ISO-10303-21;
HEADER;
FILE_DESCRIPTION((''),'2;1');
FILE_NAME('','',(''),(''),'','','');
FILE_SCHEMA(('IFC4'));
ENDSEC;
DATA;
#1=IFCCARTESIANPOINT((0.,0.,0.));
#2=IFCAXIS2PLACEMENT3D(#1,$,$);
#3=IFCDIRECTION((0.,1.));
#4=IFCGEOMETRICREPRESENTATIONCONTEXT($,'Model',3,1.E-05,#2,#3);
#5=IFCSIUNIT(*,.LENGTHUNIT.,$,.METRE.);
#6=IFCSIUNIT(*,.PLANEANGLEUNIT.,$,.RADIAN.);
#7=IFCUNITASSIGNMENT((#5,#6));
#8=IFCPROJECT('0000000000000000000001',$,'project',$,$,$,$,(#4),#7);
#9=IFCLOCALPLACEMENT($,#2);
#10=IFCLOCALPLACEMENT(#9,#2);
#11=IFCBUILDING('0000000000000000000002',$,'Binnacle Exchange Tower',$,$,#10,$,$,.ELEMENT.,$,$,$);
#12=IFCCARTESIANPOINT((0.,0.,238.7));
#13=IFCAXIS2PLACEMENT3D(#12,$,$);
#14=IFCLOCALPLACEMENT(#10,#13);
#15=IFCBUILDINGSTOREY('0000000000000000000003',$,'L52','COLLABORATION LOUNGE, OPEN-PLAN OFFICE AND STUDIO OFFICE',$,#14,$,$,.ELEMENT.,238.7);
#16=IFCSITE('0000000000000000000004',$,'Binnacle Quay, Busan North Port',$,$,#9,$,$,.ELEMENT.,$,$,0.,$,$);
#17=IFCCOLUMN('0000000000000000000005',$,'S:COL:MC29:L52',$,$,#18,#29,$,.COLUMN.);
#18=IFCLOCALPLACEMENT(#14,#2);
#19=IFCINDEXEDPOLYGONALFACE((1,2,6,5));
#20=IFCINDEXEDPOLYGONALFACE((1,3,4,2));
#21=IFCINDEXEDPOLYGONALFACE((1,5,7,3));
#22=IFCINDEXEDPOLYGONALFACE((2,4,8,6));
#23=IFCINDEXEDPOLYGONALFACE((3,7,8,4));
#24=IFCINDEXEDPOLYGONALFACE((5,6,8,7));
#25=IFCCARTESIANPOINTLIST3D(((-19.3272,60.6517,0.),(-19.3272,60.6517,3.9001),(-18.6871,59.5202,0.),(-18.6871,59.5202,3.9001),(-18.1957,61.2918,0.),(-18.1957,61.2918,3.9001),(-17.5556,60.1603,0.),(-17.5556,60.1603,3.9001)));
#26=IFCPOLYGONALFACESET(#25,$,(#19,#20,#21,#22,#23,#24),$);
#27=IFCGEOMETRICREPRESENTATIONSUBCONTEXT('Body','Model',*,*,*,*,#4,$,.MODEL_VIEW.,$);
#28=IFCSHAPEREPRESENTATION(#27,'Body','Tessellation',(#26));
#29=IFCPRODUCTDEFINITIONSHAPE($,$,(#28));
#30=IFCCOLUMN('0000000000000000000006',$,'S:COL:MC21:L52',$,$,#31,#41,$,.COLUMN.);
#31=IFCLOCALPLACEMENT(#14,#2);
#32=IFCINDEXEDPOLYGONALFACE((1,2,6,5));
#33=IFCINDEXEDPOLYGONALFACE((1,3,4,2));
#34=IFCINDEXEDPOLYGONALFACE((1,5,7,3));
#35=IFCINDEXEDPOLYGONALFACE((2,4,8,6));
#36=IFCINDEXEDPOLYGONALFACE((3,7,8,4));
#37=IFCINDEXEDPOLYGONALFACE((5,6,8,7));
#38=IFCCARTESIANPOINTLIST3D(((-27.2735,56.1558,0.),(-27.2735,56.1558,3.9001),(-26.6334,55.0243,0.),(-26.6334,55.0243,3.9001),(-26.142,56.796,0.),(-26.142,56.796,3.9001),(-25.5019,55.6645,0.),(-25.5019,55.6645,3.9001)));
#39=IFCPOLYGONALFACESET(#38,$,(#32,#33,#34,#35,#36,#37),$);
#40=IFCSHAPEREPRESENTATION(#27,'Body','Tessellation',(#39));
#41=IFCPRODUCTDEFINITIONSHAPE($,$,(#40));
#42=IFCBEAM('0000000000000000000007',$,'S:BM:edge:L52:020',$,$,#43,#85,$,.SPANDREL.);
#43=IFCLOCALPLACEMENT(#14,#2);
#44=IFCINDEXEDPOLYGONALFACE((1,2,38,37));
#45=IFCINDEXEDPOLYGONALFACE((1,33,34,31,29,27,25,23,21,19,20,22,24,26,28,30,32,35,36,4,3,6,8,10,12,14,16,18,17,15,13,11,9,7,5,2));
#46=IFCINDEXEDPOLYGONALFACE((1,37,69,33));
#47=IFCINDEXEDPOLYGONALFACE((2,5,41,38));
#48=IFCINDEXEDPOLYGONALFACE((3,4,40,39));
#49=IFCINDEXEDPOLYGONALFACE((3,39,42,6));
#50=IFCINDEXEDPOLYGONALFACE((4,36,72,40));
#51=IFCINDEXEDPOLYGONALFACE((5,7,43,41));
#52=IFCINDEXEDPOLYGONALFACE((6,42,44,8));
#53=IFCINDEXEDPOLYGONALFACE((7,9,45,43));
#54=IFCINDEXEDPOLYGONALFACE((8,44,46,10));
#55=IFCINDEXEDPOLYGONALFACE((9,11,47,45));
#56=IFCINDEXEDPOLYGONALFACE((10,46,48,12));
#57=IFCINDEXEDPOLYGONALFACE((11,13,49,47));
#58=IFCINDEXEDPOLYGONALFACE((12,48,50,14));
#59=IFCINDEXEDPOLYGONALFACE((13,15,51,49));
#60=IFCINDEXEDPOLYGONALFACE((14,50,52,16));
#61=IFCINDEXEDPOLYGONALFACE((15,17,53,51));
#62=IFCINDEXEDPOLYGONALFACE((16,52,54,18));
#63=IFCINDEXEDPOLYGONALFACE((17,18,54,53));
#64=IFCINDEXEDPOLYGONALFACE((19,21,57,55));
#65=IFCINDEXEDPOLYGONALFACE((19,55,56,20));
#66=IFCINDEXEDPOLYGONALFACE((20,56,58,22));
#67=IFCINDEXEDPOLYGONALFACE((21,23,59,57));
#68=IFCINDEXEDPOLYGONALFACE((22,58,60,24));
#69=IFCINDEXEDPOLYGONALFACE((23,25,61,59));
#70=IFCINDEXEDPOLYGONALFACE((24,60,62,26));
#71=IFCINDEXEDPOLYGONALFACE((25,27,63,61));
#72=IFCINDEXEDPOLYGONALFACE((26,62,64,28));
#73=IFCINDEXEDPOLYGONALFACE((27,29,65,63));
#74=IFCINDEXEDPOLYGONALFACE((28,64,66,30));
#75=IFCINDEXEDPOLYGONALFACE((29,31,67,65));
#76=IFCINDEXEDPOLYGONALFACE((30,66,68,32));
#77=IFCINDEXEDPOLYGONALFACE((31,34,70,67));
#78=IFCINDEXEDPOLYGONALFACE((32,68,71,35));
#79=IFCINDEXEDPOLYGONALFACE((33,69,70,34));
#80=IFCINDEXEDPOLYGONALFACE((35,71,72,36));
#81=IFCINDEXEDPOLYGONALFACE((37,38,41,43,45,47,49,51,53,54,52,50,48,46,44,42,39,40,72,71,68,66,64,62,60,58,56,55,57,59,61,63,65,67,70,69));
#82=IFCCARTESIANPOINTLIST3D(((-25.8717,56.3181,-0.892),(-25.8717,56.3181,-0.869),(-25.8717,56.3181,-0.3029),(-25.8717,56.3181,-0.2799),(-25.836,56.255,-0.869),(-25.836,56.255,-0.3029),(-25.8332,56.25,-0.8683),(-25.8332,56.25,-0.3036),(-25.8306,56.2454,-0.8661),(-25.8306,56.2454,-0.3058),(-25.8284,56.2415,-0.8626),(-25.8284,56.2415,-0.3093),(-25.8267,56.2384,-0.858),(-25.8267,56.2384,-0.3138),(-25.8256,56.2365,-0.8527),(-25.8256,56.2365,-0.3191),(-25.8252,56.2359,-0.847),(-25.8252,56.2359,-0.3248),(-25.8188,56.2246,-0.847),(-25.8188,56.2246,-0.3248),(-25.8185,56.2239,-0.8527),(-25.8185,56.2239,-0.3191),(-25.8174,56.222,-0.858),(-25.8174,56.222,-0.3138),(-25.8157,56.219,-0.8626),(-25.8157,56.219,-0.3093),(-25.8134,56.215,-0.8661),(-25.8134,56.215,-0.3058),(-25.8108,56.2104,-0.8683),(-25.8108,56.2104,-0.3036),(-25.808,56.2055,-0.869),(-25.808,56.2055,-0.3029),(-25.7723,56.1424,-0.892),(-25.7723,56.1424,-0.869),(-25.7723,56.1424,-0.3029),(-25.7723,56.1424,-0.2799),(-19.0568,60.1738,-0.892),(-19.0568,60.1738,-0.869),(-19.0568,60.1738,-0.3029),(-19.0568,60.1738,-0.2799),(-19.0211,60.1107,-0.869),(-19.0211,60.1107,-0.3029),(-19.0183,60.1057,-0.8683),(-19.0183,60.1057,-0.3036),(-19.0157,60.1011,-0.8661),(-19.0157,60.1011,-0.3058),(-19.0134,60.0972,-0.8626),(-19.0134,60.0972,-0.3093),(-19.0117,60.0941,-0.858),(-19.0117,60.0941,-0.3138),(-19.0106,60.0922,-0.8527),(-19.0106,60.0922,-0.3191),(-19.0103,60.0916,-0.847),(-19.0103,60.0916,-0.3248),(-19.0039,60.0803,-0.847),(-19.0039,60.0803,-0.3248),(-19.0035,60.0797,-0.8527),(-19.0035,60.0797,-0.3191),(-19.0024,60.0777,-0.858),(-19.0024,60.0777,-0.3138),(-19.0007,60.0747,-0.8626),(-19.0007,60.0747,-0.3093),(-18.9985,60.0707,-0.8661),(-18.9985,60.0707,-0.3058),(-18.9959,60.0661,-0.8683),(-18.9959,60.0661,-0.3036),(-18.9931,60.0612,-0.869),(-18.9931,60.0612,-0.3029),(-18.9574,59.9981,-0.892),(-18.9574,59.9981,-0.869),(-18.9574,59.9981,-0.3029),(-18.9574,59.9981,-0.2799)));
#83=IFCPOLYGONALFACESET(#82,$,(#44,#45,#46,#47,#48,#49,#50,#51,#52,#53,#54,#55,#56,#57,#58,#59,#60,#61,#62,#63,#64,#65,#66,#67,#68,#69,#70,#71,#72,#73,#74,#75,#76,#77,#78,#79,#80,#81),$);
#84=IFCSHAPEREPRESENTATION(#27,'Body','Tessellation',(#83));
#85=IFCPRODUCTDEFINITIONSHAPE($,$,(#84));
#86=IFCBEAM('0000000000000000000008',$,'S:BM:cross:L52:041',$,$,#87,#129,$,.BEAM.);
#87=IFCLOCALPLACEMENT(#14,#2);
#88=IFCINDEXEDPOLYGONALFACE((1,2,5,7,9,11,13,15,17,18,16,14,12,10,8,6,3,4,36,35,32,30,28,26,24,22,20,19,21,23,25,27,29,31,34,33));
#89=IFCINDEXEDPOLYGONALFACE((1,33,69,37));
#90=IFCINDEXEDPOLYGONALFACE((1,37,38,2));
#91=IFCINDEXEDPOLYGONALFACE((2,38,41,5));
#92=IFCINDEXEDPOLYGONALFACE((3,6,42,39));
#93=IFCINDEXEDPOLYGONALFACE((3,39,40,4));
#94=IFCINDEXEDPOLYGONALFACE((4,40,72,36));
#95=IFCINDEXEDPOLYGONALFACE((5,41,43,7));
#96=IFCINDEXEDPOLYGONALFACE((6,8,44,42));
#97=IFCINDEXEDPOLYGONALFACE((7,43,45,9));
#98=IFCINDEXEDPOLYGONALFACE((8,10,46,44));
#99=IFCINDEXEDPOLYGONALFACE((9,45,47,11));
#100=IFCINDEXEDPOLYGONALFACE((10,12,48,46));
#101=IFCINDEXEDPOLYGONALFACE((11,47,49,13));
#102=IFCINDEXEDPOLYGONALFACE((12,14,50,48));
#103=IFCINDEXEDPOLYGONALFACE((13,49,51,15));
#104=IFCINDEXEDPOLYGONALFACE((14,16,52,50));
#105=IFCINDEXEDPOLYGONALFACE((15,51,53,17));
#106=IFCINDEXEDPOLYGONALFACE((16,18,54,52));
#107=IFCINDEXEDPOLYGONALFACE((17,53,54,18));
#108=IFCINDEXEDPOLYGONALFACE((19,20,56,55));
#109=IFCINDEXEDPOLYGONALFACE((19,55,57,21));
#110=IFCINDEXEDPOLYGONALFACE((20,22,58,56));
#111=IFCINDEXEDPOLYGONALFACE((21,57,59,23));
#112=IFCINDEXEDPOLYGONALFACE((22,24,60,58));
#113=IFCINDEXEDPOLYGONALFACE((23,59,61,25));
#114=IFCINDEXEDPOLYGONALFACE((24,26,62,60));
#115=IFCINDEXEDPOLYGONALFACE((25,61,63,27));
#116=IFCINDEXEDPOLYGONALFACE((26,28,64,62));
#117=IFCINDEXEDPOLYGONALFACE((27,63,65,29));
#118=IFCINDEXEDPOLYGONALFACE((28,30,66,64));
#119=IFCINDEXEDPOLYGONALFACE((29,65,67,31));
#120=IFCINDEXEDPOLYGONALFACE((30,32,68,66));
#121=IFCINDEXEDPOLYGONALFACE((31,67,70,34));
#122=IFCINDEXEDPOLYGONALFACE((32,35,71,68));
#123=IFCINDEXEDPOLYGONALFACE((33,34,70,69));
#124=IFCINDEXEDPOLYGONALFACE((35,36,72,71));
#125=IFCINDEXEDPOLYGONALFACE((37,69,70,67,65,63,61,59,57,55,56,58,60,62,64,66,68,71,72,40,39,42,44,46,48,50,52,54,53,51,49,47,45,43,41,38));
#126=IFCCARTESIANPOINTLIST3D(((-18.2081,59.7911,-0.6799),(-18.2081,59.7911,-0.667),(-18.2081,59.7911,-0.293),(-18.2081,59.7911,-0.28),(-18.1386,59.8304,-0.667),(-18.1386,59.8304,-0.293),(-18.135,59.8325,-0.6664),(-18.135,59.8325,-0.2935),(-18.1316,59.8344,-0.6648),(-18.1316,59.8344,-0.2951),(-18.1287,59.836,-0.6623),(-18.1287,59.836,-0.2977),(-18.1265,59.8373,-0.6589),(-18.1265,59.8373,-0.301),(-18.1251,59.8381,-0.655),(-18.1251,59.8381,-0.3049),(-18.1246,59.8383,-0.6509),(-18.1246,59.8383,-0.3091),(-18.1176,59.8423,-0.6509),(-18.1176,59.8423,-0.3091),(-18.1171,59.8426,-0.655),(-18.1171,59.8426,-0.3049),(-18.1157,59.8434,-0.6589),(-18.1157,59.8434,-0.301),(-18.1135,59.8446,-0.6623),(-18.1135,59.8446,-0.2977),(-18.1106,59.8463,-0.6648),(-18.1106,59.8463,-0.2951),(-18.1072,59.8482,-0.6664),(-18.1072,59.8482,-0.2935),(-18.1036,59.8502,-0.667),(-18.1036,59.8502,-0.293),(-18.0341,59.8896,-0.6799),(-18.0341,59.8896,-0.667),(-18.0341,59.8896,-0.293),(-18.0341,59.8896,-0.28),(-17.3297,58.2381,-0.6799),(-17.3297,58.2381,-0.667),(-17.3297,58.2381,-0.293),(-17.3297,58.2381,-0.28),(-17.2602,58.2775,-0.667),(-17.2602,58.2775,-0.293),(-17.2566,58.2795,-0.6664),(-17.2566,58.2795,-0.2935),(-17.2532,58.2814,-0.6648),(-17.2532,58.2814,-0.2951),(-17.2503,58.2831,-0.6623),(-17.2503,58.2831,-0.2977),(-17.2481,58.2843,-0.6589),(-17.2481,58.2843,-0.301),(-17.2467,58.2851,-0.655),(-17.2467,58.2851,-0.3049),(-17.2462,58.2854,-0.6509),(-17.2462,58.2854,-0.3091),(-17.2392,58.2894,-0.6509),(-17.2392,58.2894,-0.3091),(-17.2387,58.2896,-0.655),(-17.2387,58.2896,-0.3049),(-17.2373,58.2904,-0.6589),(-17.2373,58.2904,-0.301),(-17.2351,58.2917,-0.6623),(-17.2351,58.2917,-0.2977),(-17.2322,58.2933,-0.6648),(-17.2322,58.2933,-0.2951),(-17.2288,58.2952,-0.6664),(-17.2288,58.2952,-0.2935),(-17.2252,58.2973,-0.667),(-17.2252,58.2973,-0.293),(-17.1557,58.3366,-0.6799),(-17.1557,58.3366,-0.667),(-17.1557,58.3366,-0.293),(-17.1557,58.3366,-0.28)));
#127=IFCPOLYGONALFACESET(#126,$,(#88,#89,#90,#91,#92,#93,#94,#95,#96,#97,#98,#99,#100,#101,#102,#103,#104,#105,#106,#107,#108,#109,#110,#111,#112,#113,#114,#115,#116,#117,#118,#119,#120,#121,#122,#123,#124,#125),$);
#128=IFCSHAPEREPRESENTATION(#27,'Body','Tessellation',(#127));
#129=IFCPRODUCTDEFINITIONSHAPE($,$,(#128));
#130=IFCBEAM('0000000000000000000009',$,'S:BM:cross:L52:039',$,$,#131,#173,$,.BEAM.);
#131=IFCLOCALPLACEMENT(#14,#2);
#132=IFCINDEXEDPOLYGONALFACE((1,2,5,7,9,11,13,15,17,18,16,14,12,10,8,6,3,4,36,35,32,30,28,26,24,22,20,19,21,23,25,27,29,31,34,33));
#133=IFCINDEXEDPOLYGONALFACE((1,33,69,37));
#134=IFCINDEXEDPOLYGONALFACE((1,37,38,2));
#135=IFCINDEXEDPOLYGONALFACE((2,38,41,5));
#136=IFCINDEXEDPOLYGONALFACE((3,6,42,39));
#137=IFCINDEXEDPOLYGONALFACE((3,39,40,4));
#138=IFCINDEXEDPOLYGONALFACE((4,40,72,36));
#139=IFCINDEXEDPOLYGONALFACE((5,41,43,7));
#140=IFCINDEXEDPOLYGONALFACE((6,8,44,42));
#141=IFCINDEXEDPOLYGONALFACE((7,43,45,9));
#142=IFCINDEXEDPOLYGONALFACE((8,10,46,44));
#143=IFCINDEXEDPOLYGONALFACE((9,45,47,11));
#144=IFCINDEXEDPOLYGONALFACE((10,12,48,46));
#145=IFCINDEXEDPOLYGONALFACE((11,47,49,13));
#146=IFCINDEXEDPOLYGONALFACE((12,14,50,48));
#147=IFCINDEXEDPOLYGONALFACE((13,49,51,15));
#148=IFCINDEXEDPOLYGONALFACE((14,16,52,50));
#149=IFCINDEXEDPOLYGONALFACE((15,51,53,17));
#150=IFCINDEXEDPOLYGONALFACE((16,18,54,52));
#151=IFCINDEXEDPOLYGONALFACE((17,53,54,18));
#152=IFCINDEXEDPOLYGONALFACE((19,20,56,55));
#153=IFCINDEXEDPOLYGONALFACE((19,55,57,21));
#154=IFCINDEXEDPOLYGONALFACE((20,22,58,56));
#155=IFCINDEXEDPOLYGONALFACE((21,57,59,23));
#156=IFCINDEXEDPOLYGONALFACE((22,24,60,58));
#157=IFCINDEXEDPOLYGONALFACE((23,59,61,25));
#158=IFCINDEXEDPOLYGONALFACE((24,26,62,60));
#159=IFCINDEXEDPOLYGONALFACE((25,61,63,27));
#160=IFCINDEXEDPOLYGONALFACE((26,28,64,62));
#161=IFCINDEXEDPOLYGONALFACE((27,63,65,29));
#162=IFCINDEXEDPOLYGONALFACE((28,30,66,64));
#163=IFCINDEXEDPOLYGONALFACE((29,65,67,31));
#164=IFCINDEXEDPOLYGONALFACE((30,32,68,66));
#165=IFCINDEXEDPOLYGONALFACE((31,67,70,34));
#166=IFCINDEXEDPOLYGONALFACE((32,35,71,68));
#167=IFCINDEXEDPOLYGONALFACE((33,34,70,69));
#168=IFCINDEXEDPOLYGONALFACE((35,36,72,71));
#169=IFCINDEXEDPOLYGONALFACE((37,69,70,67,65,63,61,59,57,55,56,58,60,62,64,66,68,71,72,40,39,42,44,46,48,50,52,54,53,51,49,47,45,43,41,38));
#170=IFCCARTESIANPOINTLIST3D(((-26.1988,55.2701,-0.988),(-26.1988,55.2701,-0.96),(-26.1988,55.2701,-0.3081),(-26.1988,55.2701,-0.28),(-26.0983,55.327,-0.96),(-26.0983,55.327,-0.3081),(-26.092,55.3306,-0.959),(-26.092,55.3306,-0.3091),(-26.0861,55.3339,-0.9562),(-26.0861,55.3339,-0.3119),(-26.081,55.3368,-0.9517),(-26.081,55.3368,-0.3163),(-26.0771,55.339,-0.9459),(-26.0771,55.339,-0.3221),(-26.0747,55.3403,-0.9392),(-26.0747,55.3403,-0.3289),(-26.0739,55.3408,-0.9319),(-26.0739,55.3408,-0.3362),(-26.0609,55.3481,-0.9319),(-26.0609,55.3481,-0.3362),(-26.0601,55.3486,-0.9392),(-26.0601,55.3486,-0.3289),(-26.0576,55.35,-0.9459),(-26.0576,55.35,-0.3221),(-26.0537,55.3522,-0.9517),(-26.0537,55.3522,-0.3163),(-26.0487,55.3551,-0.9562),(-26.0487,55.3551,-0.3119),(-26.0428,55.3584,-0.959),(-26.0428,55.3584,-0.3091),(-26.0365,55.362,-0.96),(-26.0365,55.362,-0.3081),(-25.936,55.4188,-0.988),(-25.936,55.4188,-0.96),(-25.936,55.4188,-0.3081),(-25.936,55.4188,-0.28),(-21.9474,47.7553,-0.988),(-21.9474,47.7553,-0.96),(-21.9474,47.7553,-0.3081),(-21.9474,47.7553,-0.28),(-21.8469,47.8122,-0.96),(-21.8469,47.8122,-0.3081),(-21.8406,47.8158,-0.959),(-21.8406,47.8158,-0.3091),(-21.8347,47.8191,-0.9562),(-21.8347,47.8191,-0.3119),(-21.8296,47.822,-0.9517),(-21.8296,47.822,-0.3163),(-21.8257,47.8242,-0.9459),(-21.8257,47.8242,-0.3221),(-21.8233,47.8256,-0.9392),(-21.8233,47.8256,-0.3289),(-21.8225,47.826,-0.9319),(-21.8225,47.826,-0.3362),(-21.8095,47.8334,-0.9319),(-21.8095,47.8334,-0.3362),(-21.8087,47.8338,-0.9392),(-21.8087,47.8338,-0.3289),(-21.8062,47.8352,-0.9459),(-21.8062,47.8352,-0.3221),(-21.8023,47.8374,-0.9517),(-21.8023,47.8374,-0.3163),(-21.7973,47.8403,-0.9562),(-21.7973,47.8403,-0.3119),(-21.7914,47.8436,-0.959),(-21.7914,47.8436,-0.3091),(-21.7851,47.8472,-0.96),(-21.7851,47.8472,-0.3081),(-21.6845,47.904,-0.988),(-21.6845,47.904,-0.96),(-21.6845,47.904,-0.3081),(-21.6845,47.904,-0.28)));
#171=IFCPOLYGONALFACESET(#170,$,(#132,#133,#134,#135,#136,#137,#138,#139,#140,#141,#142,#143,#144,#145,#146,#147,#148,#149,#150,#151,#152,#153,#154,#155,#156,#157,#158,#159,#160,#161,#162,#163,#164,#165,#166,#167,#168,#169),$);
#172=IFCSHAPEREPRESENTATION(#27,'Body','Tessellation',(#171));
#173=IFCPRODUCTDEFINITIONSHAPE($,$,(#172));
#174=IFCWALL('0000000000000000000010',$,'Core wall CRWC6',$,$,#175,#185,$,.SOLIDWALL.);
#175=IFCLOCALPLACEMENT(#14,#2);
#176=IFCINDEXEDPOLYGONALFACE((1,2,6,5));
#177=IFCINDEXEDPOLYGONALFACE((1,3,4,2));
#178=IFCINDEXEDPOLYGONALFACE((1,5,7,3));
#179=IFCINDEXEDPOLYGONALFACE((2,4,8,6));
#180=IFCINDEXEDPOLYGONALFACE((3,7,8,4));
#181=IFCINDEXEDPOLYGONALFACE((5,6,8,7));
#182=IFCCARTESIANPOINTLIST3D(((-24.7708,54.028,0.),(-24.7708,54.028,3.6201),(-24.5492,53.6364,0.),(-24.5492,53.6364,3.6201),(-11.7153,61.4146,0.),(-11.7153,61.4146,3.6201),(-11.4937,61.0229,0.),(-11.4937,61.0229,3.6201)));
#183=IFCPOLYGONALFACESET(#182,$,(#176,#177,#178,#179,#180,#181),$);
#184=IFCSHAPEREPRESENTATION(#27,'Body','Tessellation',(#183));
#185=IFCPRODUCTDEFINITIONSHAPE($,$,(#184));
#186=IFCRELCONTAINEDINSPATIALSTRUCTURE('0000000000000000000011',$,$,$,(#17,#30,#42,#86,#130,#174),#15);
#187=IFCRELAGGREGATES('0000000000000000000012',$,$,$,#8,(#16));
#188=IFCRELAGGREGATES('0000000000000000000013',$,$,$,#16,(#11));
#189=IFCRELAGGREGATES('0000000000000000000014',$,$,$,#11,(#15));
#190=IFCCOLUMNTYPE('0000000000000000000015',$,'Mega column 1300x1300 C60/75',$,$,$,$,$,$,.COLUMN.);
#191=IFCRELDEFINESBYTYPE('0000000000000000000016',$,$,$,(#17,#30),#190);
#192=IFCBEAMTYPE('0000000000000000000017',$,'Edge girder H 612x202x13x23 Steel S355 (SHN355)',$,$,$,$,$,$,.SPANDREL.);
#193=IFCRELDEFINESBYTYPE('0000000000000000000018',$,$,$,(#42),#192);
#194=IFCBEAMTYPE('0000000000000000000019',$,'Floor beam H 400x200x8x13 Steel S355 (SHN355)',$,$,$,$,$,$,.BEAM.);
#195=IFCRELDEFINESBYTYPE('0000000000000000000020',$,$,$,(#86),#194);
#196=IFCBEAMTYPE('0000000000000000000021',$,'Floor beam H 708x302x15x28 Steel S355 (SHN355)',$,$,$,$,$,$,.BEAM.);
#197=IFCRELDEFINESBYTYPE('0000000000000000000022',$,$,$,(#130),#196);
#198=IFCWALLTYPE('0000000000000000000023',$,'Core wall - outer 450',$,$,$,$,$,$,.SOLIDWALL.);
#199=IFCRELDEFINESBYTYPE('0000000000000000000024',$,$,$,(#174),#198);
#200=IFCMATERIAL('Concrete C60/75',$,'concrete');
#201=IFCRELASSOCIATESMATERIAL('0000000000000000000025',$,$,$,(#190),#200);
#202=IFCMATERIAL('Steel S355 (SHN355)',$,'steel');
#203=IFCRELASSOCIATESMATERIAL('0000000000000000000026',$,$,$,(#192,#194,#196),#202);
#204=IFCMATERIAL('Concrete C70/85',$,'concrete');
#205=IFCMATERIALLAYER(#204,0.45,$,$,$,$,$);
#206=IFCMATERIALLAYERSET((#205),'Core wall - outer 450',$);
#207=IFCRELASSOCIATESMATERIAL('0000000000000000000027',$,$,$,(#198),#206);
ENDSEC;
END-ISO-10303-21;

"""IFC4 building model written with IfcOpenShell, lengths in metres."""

from ifc_helpers import new_model, si_unit, direction, frame, frame_2d, origin, origin_2d, place, context, subcontext, project, spatial, rectangle, i_section, extrude, material, layer, layer_set, material_profile, profile_set, type_object, element, save


model = new_model("IFC4")

# Units and contexts
model_context = context("Model", 3, precision=1e-05, world=origin(), true_north=direction((0.0, 1.0)))
body_context = subcontext(model_context, "Body", "Model", "MODEL_VIEW")
ifc_project = project(units=[si_unit("LENGTHUNIT", "METRE"), si_unit("PLANEANGLEUNIT", "RADIAN")], contexts=[model_context])

# Site, building, storey
site_placement = place(None, origin())
site = spatial("IfcSite", under=ifc_project, at=site_placement, Name="Binnacle Quay, Busan North Port", CompositionType="ELEMENT", RefElevation=0.0)
building_placement = place(site_placement, origin())
building = spatial("IfcBuilding", under=site, at=building_placement, Name="Binnacle Exchange Tower", CompositionType="ELEMENT")
storey_placement = place(building_placement, frame((0.0, 0.0, 238.7)))
storey = spatial("IfcBuildingStorey", under=building, at=storey_placement, Name="L52", Description="COLLABORATION LOUNGE, OPEN-PLAN OFFICE AND STUDIO OFFICE", CompositionType="ELEMENT", Elevation=238.7)

# Columns
ifc_material_1 = material(Name="Concrete C60/75", Category="concrete")
ifc_material_profile_1 = material_profile(ifc_material_1, rectangle(XDim=1.3, YDim=1.3, at=origin_2d()), Name="Mega column 1300x1300 C60/75")
ifc_profile_set_1 = profile_set([ifc_material_profile_1], Name="Concrete C60/75")
column_type = type_object("IfcColumnType", Name="Mega column 1300x1300 C60/75", PredefinedType="COLUMN", material=ifc_profile_set_1)
for number, where, z_axis, x_axis, name in (
    (1, (-18.4414, 60.406, 0.0), (0.0, 0.0, 1.0), (-0.870356, -0.492424, 0.0), "S:COL:MC29:L52"),
    (2, (-26.3877, 55.9102, 0.0), (0.0, 0.0, 1.0), (-0.870356, -0.492424, 0.0), "S:COL:MC21:L52"),
):
    element("IfcColumn", number, at=place(storey_placement, frame(where, z_axis=z_axis, x_axis=x_axis)), inside=storey, type_object=column_type, Name=name, PredefinedType="COLUMN", context=body_context, shape_type="SweptSolid", body=[
        extrude(rectangle(XDim=1.3, YDim=1.3, at=origin_2d()), origin(), (0.0, 0.0, 1.0), 3.9001),
    ])

# Beams
ifc_material_2 = material(Name="Steel S355 (SHN355)", Category="steel")
ifc_material_profile_2 = material_profile(ifc_material_2, i_section(OverallWidth=0.2019, OverallDepth=0.6121, WebThickness=0.0129, FlangeThickness=0.0229, FilletRadius=0.022, at=origin_2d()), Name="H 612x202x13x23")
ifc_profile_set_2 = profile_set([ifc_material_profile_2], Name="Steel S355 (SHN355)")
beam_type_1 = type_object("IfcBeamType", Name="Edge girder H 612x202x13x23 Steel S355 (SHN355)", PredefinedType="SPANDREL", material=ifc_profile_set_2)
beam_1_placement = place(storey_placement, frame((-19.0071, 60.0859, -0.5859), z_axis=(-0.870355, -0.492424, 0.0), x_axis=(0.492424, -0.870355, 0.0)))
element("IfcBeam", 3, at=beam_1_placement, inside=storey, type_object=beam_type_1, Name="S:BM:edge:L52:020", PredefinedType="SPANDREL", context=body_context, shape_type="SweptSolid", body=[
    extrude(i_section(OverallWidth=0.2019, OverallDepth=0.6121, WebThickness=0.0129, FlangeThickness=0.0229, FilletRadius=0.022, at=origin_2d()), origin(), (0.0, 0.0, 1.0), 7.8301),
])
ifc_material_profile_3 = material_profile(ifc_material_2, i_section(OverallWidth=0.2, OverallDepth=0.3999, WebThickness=0.0081, FlangeThickness=0.0129, FilletRadius=0.0161, at=origin_2d()), Name="H 400x200x8x13")
ifc_profile_set_3 = profile_set([ifc_material_profile_3], Name="Steel S355 (SHN355)")
beam_type_2 = type_object("IfcBeamType", Name="Floor beam H 400x200x8x13 Steel S355 (SHN355)", PredefinedType="BEAM", material=ifc_profile_set_3)
beam_2_placement = place(storey_placement, frame((-18.1211, 59.8403, -0.48), z_axis=(0.492332, -0.870407, 0.0), x_axis=(0.870407, 0.492332, 0.0)))
element("IfcBeam", 4, at=beam_2_placement, inside=storey, type_object=beam_type_2, Name="S:BM:cross:L52:041", PredefinedType="BEAM", context=body_context, shape_type="SweptSolid", body=[
    extrude(i_section(OverallWidth=0.2, OverallDepth=0.3999, WebThickness=0.0081, FlangeThickness=0.0129, FilletRadius=0.0161, at=origin_2d()), origin(), (0.0, 0.0, 1.0), 1.7842),
])
ifc_material_profile_4 = material_profile(ifc_material_2, i_section(OverallWidth=0.302, OverallDepth=0.708, WebThickness=0.0149, FlangeThickness=0.0281, FilletRadius=0.0281, at=origin_2d()), Name="H 708x302x15x28")
ifc_profile_set_4 = profile_set([ifc_material_profile_4], Name="Steel S355 (SHN355)")
beam_type_3 = type_object("IfcBeamType", Name="Floor beam H 708x302x15x28 Steel S355 (SHN355)", PredefinedType="BEAM", material=ifc_profile_set_4)
beam_3_placement = place(storey_placement, frame((-26.0674, 55.3445, -0.634), z_axis=(0.492401, -0.870368, 0.0), x_axis=(0.870368, 0.492401, 0.0)))
element("IfcBeam", 5, at=beam_3_placement, inside=storey, type_object=beam_type_3, Name="S:BM:cross:L52:039", PredefinedType="BEAM", context=body_context, shape_type="SweptSolid", body=[
    extrude(i_section(OverallWidth=0.302, OverallDepth=0.708, WebThickness=0.0149, FlangeThickness=0.0281, FilletRadius=0.0281, at=origin_2d()), origin(), (0.0, 0.0, 1.0), 8.634),
])

# Wall
ifc_material_3 = material(Name="Concrete C70/85", Category="concrete")
ifc_layer_1 = layer(ifc_material_3, 0.45)
ifc_layer_set_1 = layer_set([ifc_layer_1], Name="Core wall - outer 450")
wall_type_1 = type_object("IfcWallType", Name="Core wall - outer 450", PredefinedType="SOLIDWALL", material=ifc_layer_set_1)
wall_1_placement = place(storey_placement, frame((-24.6599, 53.8323, 0.0), z_axis=(0.0, 0.0, 1.0), x_axis=(0.870354, 0.492427, 0.0)))
element("IfcWall", 6, at=wall_1_placement, inside=storey, type_object=wall_type_1, Name="Core wall CRWC6", PredefinedType="SOLIDWALL", context=body_context, shape_type="SweptSolid", body=[
    extrude(rectangle(XDim=15.0002, YDim=0.45, at=frame_2d((7.5, 0.0))), origin(), (0.0, 0.0, 1.0), 3.6201),
])

save(model, "model.ifc")
